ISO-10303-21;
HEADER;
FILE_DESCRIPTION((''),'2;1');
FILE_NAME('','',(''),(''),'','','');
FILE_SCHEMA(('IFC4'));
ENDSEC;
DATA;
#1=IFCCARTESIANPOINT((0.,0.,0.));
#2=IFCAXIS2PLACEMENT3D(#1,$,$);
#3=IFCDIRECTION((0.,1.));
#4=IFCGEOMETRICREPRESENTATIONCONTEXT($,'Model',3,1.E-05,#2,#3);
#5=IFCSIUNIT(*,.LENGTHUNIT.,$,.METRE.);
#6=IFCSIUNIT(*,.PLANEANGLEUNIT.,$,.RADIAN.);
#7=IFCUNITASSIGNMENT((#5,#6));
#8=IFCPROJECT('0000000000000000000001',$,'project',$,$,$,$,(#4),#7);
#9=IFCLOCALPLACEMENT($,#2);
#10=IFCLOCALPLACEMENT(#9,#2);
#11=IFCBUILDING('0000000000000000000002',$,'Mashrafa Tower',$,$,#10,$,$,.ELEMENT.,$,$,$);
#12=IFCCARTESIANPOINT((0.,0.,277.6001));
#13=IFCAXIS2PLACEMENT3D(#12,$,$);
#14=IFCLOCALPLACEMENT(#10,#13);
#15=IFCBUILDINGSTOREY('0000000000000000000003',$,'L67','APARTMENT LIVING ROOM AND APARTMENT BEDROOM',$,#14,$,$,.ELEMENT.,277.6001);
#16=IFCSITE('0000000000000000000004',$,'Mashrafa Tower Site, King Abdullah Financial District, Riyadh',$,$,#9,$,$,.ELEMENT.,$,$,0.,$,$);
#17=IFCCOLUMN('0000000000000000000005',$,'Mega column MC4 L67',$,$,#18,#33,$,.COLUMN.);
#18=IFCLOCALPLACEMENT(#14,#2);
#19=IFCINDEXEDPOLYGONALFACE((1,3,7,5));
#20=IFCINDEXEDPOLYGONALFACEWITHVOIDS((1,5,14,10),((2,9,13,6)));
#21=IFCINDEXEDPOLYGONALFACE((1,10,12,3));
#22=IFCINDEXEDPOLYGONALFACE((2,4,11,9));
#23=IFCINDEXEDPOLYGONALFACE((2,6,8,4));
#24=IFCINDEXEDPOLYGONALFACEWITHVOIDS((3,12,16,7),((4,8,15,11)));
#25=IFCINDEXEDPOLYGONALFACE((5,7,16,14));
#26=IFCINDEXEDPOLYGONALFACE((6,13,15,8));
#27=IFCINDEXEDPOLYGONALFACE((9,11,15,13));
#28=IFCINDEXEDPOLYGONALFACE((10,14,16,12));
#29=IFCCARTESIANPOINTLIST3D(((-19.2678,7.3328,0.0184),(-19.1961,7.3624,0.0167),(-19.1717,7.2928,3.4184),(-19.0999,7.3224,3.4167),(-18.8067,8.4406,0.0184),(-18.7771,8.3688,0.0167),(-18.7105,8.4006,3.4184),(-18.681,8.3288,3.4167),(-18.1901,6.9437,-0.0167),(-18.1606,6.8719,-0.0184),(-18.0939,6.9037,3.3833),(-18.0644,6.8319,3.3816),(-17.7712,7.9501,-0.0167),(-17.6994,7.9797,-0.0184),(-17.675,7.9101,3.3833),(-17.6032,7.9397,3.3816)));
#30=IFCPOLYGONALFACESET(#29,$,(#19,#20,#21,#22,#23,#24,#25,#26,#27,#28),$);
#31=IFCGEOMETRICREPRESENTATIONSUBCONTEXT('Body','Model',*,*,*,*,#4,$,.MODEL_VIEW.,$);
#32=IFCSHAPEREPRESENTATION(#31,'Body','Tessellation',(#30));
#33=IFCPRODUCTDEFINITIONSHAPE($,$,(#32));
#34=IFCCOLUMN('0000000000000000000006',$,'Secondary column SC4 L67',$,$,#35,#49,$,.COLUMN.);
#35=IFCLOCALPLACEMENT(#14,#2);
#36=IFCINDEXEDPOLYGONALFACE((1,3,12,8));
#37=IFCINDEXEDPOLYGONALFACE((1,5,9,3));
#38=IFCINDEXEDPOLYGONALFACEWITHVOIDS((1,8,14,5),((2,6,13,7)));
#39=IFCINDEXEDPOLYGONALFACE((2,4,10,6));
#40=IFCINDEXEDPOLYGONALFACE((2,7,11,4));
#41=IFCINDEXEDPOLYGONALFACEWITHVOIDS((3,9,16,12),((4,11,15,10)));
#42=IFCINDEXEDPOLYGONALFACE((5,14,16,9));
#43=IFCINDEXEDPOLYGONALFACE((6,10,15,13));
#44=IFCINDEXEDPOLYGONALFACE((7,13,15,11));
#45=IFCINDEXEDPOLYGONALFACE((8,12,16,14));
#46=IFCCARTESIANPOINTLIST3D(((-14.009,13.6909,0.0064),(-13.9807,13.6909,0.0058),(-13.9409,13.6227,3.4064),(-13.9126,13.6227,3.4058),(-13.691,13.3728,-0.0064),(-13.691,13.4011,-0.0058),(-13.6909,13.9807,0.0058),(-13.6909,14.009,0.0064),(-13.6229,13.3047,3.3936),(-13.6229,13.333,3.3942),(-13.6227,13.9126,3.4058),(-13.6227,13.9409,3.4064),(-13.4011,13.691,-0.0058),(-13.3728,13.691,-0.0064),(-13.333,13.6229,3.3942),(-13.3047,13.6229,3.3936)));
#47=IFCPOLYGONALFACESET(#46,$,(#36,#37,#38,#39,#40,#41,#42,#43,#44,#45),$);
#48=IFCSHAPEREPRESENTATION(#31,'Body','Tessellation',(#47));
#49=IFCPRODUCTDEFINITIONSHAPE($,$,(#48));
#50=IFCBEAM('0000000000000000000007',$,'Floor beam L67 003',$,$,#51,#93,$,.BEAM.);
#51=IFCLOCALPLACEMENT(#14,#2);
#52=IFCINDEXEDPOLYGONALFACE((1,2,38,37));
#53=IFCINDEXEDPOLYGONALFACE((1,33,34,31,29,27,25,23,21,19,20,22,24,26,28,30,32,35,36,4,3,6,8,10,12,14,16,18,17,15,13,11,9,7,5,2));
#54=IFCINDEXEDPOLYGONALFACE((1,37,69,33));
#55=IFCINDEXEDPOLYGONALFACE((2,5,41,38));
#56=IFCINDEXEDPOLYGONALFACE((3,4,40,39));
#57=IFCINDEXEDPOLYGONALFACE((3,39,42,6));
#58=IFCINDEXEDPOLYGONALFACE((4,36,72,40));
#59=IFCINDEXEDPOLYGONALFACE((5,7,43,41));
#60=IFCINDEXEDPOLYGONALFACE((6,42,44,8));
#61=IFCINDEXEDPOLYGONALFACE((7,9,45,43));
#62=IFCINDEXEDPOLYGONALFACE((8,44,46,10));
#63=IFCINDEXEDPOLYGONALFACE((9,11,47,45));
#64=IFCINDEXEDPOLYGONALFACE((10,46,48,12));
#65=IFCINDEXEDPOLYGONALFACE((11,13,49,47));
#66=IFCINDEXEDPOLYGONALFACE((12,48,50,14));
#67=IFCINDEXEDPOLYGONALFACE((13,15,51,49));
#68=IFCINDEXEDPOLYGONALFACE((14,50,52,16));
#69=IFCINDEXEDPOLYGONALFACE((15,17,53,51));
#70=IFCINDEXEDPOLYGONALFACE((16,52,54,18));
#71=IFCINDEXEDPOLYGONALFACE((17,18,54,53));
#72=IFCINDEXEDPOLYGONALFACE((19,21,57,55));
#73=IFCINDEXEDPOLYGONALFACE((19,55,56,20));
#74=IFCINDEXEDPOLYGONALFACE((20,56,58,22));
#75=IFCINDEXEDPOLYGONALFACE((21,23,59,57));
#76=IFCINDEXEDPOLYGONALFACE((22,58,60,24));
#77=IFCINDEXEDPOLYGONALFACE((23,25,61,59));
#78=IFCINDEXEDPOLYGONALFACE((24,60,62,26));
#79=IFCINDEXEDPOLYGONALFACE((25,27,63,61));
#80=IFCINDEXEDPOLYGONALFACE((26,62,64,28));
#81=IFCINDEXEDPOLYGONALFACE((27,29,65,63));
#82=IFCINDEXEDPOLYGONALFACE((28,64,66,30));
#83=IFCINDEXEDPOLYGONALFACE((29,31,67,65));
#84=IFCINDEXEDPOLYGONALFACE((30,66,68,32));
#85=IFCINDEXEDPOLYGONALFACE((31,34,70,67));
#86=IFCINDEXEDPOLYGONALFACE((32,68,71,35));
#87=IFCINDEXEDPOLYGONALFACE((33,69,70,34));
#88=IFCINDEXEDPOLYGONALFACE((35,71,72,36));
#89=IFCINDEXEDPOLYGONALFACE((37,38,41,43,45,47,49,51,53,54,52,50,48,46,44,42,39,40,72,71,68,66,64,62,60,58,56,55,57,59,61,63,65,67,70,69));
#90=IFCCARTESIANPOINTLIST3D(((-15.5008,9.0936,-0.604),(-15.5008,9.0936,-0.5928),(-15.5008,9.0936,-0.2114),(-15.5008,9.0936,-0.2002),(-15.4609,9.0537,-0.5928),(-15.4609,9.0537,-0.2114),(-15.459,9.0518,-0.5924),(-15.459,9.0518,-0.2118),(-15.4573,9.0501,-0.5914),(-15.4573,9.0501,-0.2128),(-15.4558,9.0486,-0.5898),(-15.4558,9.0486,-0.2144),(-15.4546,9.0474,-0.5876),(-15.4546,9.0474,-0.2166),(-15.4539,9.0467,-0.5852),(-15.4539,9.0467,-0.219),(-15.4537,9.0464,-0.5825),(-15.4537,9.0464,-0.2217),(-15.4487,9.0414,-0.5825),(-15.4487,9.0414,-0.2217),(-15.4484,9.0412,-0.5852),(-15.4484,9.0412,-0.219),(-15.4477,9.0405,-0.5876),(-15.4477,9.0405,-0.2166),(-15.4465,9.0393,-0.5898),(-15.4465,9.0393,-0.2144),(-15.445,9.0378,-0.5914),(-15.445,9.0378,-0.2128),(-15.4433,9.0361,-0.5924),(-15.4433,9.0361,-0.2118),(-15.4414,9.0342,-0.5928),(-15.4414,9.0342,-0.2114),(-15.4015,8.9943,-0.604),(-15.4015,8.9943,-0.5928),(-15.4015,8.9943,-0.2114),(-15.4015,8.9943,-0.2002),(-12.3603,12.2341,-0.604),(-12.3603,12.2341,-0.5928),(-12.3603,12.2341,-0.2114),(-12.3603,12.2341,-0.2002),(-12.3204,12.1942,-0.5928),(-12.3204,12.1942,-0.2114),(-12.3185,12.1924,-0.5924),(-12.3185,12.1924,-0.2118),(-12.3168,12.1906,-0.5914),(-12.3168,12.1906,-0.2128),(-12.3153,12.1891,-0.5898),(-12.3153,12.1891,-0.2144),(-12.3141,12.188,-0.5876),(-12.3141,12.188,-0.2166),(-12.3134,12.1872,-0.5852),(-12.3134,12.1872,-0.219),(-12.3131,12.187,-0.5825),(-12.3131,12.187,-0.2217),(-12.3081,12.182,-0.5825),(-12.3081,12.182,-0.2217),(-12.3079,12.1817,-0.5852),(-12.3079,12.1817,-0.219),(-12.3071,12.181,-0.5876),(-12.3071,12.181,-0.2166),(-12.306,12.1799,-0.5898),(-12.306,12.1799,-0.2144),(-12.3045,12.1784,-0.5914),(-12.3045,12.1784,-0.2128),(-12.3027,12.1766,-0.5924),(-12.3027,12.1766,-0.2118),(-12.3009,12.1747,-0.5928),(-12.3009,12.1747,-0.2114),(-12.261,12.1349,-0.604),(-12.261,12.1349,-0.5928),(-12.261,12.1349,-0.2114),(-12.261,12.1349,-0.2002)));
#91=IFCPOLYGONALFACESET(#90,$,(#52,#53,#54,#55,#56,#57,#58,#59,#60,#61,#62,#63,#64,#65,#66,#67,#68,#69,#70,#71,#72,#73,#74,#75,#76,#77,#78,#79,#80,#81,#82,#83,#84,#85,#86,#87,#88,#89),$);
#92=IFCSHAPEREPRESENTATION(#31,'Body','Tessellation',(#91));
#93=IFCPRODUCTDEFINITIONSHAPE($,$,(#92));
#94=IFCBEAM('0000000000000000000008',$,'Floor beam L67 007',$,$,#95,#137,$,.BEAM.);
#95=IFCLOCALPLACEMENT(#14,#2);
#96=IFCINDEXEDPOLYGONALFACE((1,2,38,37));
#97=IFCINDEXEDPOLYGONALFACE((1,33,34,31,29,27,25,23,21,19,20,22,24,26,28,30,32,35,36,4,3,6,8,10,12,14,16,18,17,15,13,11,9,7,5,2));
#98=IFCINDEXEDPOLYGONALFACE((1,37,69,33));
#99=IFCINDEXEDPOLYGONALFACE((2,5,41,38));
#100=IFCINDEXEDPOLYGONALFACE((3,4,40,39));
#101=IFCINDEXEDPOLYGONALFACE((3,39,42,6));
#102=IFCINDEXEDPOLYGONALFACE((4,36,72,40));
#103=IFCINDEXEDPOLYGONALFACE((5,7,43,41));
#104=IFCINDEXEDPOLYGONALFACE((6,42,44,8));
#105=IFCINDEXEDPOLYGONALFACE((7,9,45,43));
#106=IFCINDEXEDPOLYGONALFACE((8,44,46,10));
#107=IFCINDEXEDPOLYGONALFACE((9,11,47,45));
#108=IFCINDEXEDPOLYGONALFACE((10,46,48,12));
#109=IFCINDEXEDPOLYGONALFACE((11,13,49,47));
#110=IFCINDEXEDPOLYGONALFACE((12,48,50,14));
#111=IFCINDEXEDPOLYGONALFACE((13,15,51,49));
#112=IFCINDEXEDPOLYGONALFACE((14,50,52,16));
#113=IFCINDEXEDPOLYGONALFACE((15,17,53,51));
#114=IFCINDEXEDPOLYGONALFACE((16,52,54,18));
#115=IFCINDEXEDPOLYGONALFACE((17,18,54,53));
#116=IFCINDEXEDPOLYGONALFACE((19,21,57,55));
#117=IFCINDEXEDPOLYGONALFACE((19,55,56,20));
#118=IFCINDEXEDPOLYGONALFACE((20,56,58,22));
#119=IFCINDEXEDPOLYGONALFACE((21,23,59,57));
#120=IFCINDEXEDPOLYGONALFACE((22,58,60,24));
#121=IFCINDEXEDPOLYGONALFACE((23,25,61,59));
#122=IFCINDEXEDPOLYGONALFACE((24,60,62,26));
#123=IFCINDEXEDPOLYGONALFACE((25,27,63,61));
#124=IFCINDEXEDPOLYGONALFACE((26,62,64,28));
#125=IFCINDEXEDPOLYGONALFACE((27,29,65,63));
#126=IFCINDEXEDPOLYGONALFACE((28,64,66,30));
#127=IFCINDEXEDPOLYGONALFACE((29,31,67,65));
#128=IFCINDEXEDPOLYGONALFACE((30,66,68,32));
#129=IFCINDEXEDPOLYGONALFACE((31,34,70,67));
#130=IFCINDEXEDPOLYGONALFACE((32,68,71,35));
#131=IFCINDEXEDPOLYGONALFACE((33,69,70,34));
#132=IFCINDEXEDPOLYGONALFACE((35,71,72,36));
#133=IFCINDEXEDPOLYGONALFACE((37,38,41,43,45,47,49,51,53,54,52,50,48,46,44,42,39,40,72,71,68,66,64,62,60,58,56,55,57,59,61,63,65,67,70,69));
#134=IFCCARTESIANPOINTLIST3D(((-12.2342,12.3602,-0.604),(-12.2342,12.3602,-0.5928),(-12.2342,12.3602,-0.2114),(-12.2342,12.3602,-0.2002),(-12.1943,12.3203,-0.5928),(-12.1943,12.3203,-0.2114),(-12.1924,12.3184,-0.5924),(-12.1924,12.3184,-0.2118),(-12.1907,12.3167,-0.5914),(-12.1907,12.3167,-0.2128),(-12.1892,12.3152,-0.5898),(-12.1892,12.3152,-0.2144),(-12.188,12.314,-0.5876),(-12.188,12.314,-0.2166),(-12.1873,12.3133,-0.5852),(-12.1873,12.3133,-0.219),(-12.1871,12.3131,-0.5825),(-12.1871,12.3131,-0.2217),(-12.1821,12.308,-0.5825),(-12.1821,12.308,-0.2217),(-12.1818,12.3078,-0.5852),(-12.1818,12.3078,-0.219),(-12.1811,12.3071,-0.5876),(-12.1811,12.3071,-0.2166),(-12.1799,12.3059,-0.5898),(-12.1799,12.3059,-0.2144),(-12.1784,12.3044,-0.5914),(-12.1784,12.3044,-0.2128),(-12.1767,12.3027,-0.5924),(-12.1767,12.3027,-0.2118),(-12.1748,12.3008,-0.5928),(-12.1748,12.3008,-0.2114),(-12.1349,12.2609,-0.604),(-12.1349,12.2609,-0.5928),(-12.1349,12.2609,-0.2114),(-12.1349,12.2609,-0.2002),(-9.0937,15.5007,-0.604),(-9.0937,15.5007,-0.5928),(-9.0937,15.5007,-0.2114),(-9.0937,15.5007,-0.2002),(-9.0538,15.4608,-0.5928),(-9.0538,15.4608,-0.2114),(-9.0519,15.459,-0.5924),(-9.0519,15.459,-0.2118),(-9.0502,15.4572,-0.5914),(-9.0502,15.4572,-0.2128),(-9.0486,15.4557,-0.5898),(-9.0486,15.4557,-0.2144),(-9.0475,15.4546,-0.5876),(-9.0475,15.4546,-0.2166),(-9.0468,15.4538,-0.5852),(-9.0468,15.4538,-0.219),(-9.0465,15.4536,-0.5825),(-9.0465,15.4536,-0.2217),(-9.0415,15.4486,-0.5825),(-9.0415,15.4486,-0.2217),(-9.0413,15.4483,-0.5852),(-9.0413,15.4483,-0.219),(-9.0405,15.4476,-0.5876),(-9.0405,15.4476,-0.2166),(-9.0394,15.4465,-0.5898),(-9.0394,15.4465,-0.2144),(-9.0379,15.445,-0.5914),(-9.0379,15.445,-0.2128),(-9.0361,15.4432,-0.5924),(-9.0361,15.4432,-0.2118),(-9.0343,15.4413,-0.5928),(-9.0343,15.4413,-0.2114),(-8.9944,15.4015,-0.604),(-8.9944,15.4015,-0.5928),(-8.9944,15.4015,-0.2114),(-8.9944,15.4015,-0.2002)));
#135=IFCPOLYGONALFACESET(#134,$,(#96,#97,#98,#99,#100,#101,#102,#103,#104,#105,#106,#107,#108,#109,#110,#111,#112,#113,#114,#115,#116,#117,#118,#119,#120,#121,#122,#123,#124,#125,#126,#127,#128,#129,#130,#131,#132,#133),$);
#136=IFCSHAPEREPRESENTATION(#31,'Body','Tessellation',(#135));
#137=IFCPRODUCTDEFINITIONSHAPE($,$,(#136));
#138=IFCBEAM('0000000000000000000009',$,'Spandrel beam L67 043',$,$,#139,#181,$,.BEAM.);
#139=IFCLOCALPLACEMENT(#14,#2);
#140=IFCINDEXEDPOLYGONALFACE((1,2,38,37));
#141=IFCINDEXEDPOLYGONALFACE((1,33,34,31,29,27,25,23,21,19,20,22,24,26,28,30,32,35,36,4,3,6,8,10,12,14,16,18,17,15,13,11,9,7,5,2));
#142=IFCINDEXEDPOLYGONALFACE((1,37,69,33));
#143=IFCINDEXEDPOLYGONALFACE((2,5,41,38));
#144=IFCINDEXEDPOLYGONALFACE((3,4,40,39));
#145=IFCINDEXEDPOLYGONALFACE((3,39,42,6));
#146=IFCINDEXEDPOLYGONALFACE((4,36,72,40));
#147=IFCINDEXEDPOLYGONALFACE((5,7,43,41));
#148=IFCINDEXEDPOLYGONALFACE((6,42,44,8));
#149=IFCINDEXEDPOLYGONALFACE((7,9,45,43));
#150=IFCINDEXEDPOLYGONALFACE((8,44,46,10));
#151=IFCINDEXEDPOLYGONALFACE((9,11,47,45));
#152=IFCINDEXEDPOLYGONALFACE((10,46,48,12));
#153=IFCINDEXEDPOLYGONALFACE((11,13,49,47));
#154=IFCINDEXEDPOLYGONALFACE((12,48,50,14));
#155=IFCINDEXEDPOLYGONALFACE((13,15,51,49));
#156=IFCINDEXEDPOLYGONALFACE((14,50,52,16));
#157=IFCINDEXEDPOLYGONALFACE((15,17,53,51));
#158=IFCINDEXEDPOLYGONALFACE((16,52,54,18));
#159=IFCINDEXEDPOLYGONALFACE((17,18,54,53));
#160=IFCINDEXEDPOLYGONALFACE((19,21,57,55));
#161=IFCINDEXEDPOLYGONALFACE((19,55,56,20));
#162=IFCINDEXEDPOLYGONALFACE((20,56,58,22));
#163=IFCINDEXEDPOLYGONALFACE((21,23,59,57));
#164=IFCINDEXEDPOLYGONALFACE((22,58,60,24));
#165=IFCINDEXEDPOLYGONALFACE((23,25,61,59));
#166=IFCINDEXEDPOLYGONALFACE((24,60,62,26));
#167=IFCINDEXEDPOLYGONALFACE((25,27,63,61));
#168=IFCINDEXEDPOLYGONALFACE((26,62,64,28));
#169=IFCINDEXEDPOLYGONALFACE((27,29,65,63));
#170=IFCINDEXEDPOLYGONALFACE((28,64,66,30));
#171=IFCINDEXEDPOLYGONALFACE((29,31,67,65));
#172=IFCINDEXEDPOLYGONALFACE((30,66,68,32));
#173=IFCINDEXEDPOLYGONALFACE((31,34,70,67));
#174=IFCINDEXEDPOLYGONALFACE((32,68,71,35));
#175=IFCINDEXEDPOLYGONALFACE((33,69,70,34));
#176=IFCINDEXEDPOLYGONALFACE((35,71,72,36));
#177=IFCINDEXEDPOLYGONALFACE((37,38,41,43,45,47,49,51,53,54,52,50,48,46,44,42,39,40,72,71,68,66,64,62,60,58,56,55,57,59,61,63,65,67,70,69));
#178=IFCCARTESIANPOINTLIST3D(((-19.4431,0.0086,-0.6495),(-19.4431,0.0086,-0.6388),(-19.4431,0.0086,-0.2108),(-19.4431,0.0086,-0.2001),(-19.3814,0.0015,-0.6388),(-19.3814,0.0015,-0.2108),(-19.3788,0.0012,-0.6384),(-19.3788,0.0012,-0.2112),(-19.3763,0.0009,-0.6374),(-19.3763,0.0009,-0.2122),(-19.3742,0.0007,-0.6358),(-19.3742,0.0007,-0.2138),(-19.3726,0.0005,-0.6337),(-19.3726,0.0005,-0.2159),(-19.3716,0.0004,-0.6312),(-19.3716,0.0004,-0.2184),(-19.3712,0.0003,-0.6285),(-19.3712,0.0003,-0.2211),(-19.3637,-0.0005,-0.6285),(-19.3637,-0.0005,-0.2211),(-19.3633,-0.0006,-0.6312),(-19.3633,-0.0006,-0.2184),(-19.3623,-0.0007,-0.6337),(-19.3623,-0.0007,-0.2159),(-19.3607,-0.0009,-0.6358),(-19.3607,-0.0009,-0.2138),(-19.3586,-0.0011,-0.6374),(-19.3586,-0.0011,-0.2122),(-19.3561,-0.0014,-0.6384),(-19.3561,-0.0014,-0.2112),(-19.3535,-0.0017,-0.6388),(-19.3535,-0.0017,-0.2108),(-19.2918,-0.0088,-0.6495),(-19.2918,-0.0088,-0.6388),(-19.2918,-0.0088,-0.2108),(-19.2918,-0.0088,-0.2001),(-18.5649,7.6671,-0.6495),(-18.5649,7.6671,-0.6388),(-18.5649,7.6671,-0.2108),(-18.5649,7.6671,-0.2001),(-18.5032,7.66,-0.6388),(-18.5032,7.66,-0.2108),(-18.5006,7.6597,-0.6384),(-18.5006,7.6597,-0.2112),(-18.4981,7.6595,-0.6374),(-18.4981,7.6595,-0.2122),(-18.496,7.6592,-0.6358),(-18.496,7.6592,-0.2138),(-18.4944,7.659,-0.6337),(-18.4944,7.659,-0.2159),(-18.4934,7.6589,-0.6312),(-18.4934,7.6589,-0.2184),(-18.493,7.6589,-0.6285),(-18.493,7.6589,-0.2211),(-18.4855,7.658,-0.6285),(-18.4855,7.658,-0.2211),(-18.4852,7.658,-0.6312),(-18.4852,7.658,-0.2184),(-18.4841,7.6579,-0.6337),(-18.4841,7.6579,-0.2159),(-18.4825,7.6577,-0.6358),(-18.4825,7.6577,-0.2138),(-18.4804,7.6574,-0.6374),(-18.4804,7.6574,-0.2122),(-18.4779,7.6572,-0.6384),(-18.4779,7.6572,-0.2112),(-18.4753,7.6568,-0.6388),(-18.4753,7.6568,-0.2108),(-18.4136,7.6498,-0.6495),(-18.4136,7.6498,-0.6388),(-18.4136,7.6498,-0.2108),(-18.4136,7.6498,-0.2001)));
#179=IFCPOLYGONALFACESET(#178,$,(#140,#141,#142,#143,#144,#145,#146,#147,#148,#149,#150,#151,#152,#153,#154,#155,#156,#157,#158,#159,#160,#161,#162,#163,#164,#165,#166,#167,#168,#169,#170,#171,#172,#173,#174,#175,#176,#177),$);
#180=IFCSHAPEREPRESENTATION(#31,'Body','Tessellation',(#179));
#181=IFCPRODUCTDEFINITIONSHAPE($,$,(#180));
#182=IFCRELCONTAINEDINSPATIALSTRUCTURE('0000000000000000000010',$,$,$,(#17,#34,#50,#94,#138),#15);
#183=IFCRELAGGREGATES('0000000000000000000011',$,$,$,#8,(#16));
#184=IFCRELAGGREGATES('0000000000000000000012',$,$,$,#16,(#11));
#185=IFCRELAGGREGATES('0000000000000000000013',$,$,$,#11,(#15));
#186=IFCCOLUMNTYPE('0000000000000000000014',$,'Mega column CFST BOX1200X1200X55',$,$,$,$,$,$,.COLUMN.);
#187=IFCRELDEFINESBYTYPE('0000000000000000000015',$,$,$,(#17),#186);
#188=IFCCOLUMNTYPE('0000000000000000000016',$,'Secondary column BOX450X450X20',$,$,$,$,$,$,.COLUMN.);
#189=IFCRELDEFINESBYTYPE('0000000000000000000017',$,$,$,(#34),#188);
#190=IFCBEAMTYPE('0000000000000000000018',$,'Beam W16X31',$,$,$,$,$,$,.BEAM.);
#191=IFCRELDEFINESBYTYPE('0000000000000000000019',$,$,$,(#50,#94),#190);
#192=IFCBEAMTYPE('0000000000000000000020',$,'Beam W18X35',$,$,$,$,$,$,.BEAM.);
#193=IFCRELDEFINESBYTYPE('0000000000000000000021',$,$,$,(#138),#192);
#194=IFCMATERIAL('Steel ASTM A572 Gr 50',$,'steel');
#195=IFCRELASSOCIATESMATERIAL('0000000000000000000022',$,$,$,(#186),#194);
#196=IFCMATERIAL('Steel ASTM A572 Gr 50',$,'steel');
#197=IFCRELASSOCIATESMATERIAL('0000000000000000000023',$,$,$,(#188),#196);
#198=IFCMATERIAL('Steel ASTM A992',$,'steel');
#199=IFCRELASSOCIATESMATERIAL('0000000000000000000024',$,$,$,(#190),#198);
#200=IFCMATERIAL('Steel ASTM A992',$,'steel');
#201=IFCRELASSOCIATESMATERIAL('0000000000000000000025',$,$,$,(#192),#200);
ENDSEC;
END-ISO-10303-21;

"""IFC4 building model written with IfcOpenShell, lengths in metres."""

from ifc_helpers import new_model, si_unit, direction, frame, origin, origin_2d, place, context, subcontext, project, spatial, hollow_rectangle, i_section, extrude, material, material_profile, profile_set, type_object, element, save


model = new_model("IFC4")

# Units and contexts
model_context = context("Model", 3, precision=1e-05, world=origin(), true_north=direction((0.0, 1.0)))
body_context = subcontext(model_context, "Body", "Model", "MODEL_VIEW")
ifc_project = project(units=[si_unit("LENGTHUNIT", "METRE"), si_unit("PLANEANGLEUNIT", "RADIAN")], contexts=[model_context])

# Site, building, storey
site_placement = place(None, origin())
site = spatial("IfcSite", under=ifc_project, at=site_placement, Name="Mashrafa Tower Site, King Abdullah Financial District, Riyadh", CompositionType="ELEMENT", RefElevation=0.0)
building_placement = place(site_placement, origin())
building = spatial("IfcBuilding", under=site, at=building_placement, Name="Mashrafa Tower", CompositionType="ELEMENT")
storey_placement = place(building_placement, frame((0.0, 0.0, 277.6001)))
storey = spatial("IfcBuildingStorey", under=building, at=storey_placement, Name="L67", Description="APARTMENT LIVING ROOM AND APARTMENT BEDROOM", CompositionType="ELEMENT", Elevation=277.6001)

# Columns
ifc_material_1 = material(Name="Steel ASTM A572 Gr 50", Category="steel")
ifc_material_profile_1 = material_profile(ifc_material_1, hollow_rectangle(XDim=1.2, YDim=1.2, WallThickness=0.0549, at=origin_2d()), Name="BOX1200X1200X55")
ifc_profile_set_1 = profile_set([ifc_material_profile_1], Name="Steel ASTM A572 Gr 50")
column_type_1 = type_object("IfcColumnType", Name="Mega column CFST BOX1200X1200X55", PredefinedType="COLUMN", material=ifc_profile_set_1)
column_1_placement = place(storey_placement, frame((-18.4836, 7.6562, 0.0), z_axis=(0.028279, -0.011771, 0.999531), x_axis=(0.384283, 0.923216, 0.0)))
element("IfcColumn", 1, at=column_1_placement, inside=storey, type_object=column_type_1, Name="Mega column MC4 L67", PredefinedType="COLUMN", context=body_context, shape_type="SweptSolid", body=[
    extrude(hollow_rectangle(XDim=1.2, YDim=1.2, WallThickness=0.0549, at=origin_2d()), origin(), (0.0, 0.0, 1.0), 3.4016),
])
ifc_material_2 = material(Name="Steel ASTM A572 Gr 50", Category="steel")
ifc_material_profile_2 = material_profile(ifc_material_2, hollow_rectangle(XDim=0.45, YDim=0.45, WallThickness=0.02, at=origin_2d()), Name="BOX450X450X20")
ifc_profile_set_2 = profile_set([ifc_material_profile_2], Name="Steel ASTM A572 Gr 50")
column_type_2 = type_object("IfcColumnType", Name="Secondary column BOX450X450X20", PredefinedType="COLUMN", material=ifc_profile_set_2)
column_2_placement = place(storey_placement, frame((-13.6909, 13.6909, 0.0), z_axis=(0.020026, -0.020026, 0.999599), x_axis=(0.707107, 0.707107, 0.0)))
element("IfcColumn", 2, at=column_2_placement, inside=storey, type_object=column_type_2, Name="Secondary column SC4 L67", PredefinedType="COLUMN", context=body_context, shape_type="SweptSolid", body=[
    extrude(hollow_rectangle(XDim=0.45, YDim=0.45, WallThickness=0.02, at=origin_2d()), origin(), (0.0, 0.0, 1.0), 3.4014),
])

# Beams
ifc_material_3 = material(Name="Steel ASTM A992", Category="steel")
ifc_material_profile_3 = material_profile(ifc_material_3, i_section(OverallWidth=0.1404, OverallDepth=0.4038, WebThickness=0.0071, FlangeThickness=0.0112, FilletRadius=0.0103, at=origin_2d()), Name="W16X31")
ifc_profile_set_3 = profile_set([ifc_material_profile_3], Name="Steel ASTM A992")
beam_type_1 = type_object("IfcBeamType", Name="Beam W16X31", PredefinedType="BEAM", material=ifc_profile_set_3)
for number, where, z_axis, x_axis, name in (
    (3, (-15.4512, 9.0439, -0.4021), (0.707107, 0.707107, 0.0), (-0.707107, 0.707107, 0.0), "Floor beam L67 003"),
    (4, (-12.1846, 12.3105, -0.4021), (0.707107, 0.707107, 0.0), (-0.707107, 0.707107, 0.0), "Floor beam L67 007"),
):
    element("IfcBeam", number, at=place(storey_placement, frame(where, z_axis=z_axis, x_axis=x_axis)), inside=storey, type_object=beam_type_1, Name=name, PredefinedType="BEAM", context=body_context, shape_type="SweptSolid", body=[
        extrude(i_section(OverallWidth=0.1404, OverallDepth=0.4038, WebThickness=0.0071, FlangeThickness=0.0112, FilletRadius=0.0103, at=origin_2d()), origin(), (0.0, 0.0, 1.0), 4.4414),
    ])
ifc_material_4 = material(Name="Steel ASTM A992", Category="steel")
ifc_material_profile_4 = material_profile(ifc_material_4, i_section(OverallWidth=0.1523, OverallDepth=0.4495, WebThickness=0.0076, FlangeThickness=0.0107, FilletRadius=0.0103, at=origin_2d()), Name="W18X35")
ifc_profile_set_4 = profile_set([ifc_material_profile_4], Name="Steel ASTM A992")
beam_type_2 = type_object("IfcBeamType", Name="Beam W18X35", PredefinedType="BEAM", material=ifc_profile_set_4)
for number, where, z_axis, x_axis, name in (
    (5, (-18.4893, 7.6584, -0.4248), (-0.113921, -0.99349, 0.0), (0.99349, -0.113921, 0.0), "Spandrel beam L67 043"),
):
    element("IfcBeam", number, at=place(storey_placement, frame(where, z_axis=z_axis, x_axis=x_axis)), inside=storey, type_object=beam_type_2, Name=name, PredefinedType="BEAM", context=body_context, shape_type="SweptSolid", body=[
        extrude(i_section(OverallWidth=0.1523, OverallDepth=0.4495, WebThickness=0.0076, FlangeThickness=0.0107, FilletRadius=0.0103, at=origin_2d()), origin(), (0.0, 0.0, 1.0), 7.7087),
    ])

save(model, "model.ifc")
